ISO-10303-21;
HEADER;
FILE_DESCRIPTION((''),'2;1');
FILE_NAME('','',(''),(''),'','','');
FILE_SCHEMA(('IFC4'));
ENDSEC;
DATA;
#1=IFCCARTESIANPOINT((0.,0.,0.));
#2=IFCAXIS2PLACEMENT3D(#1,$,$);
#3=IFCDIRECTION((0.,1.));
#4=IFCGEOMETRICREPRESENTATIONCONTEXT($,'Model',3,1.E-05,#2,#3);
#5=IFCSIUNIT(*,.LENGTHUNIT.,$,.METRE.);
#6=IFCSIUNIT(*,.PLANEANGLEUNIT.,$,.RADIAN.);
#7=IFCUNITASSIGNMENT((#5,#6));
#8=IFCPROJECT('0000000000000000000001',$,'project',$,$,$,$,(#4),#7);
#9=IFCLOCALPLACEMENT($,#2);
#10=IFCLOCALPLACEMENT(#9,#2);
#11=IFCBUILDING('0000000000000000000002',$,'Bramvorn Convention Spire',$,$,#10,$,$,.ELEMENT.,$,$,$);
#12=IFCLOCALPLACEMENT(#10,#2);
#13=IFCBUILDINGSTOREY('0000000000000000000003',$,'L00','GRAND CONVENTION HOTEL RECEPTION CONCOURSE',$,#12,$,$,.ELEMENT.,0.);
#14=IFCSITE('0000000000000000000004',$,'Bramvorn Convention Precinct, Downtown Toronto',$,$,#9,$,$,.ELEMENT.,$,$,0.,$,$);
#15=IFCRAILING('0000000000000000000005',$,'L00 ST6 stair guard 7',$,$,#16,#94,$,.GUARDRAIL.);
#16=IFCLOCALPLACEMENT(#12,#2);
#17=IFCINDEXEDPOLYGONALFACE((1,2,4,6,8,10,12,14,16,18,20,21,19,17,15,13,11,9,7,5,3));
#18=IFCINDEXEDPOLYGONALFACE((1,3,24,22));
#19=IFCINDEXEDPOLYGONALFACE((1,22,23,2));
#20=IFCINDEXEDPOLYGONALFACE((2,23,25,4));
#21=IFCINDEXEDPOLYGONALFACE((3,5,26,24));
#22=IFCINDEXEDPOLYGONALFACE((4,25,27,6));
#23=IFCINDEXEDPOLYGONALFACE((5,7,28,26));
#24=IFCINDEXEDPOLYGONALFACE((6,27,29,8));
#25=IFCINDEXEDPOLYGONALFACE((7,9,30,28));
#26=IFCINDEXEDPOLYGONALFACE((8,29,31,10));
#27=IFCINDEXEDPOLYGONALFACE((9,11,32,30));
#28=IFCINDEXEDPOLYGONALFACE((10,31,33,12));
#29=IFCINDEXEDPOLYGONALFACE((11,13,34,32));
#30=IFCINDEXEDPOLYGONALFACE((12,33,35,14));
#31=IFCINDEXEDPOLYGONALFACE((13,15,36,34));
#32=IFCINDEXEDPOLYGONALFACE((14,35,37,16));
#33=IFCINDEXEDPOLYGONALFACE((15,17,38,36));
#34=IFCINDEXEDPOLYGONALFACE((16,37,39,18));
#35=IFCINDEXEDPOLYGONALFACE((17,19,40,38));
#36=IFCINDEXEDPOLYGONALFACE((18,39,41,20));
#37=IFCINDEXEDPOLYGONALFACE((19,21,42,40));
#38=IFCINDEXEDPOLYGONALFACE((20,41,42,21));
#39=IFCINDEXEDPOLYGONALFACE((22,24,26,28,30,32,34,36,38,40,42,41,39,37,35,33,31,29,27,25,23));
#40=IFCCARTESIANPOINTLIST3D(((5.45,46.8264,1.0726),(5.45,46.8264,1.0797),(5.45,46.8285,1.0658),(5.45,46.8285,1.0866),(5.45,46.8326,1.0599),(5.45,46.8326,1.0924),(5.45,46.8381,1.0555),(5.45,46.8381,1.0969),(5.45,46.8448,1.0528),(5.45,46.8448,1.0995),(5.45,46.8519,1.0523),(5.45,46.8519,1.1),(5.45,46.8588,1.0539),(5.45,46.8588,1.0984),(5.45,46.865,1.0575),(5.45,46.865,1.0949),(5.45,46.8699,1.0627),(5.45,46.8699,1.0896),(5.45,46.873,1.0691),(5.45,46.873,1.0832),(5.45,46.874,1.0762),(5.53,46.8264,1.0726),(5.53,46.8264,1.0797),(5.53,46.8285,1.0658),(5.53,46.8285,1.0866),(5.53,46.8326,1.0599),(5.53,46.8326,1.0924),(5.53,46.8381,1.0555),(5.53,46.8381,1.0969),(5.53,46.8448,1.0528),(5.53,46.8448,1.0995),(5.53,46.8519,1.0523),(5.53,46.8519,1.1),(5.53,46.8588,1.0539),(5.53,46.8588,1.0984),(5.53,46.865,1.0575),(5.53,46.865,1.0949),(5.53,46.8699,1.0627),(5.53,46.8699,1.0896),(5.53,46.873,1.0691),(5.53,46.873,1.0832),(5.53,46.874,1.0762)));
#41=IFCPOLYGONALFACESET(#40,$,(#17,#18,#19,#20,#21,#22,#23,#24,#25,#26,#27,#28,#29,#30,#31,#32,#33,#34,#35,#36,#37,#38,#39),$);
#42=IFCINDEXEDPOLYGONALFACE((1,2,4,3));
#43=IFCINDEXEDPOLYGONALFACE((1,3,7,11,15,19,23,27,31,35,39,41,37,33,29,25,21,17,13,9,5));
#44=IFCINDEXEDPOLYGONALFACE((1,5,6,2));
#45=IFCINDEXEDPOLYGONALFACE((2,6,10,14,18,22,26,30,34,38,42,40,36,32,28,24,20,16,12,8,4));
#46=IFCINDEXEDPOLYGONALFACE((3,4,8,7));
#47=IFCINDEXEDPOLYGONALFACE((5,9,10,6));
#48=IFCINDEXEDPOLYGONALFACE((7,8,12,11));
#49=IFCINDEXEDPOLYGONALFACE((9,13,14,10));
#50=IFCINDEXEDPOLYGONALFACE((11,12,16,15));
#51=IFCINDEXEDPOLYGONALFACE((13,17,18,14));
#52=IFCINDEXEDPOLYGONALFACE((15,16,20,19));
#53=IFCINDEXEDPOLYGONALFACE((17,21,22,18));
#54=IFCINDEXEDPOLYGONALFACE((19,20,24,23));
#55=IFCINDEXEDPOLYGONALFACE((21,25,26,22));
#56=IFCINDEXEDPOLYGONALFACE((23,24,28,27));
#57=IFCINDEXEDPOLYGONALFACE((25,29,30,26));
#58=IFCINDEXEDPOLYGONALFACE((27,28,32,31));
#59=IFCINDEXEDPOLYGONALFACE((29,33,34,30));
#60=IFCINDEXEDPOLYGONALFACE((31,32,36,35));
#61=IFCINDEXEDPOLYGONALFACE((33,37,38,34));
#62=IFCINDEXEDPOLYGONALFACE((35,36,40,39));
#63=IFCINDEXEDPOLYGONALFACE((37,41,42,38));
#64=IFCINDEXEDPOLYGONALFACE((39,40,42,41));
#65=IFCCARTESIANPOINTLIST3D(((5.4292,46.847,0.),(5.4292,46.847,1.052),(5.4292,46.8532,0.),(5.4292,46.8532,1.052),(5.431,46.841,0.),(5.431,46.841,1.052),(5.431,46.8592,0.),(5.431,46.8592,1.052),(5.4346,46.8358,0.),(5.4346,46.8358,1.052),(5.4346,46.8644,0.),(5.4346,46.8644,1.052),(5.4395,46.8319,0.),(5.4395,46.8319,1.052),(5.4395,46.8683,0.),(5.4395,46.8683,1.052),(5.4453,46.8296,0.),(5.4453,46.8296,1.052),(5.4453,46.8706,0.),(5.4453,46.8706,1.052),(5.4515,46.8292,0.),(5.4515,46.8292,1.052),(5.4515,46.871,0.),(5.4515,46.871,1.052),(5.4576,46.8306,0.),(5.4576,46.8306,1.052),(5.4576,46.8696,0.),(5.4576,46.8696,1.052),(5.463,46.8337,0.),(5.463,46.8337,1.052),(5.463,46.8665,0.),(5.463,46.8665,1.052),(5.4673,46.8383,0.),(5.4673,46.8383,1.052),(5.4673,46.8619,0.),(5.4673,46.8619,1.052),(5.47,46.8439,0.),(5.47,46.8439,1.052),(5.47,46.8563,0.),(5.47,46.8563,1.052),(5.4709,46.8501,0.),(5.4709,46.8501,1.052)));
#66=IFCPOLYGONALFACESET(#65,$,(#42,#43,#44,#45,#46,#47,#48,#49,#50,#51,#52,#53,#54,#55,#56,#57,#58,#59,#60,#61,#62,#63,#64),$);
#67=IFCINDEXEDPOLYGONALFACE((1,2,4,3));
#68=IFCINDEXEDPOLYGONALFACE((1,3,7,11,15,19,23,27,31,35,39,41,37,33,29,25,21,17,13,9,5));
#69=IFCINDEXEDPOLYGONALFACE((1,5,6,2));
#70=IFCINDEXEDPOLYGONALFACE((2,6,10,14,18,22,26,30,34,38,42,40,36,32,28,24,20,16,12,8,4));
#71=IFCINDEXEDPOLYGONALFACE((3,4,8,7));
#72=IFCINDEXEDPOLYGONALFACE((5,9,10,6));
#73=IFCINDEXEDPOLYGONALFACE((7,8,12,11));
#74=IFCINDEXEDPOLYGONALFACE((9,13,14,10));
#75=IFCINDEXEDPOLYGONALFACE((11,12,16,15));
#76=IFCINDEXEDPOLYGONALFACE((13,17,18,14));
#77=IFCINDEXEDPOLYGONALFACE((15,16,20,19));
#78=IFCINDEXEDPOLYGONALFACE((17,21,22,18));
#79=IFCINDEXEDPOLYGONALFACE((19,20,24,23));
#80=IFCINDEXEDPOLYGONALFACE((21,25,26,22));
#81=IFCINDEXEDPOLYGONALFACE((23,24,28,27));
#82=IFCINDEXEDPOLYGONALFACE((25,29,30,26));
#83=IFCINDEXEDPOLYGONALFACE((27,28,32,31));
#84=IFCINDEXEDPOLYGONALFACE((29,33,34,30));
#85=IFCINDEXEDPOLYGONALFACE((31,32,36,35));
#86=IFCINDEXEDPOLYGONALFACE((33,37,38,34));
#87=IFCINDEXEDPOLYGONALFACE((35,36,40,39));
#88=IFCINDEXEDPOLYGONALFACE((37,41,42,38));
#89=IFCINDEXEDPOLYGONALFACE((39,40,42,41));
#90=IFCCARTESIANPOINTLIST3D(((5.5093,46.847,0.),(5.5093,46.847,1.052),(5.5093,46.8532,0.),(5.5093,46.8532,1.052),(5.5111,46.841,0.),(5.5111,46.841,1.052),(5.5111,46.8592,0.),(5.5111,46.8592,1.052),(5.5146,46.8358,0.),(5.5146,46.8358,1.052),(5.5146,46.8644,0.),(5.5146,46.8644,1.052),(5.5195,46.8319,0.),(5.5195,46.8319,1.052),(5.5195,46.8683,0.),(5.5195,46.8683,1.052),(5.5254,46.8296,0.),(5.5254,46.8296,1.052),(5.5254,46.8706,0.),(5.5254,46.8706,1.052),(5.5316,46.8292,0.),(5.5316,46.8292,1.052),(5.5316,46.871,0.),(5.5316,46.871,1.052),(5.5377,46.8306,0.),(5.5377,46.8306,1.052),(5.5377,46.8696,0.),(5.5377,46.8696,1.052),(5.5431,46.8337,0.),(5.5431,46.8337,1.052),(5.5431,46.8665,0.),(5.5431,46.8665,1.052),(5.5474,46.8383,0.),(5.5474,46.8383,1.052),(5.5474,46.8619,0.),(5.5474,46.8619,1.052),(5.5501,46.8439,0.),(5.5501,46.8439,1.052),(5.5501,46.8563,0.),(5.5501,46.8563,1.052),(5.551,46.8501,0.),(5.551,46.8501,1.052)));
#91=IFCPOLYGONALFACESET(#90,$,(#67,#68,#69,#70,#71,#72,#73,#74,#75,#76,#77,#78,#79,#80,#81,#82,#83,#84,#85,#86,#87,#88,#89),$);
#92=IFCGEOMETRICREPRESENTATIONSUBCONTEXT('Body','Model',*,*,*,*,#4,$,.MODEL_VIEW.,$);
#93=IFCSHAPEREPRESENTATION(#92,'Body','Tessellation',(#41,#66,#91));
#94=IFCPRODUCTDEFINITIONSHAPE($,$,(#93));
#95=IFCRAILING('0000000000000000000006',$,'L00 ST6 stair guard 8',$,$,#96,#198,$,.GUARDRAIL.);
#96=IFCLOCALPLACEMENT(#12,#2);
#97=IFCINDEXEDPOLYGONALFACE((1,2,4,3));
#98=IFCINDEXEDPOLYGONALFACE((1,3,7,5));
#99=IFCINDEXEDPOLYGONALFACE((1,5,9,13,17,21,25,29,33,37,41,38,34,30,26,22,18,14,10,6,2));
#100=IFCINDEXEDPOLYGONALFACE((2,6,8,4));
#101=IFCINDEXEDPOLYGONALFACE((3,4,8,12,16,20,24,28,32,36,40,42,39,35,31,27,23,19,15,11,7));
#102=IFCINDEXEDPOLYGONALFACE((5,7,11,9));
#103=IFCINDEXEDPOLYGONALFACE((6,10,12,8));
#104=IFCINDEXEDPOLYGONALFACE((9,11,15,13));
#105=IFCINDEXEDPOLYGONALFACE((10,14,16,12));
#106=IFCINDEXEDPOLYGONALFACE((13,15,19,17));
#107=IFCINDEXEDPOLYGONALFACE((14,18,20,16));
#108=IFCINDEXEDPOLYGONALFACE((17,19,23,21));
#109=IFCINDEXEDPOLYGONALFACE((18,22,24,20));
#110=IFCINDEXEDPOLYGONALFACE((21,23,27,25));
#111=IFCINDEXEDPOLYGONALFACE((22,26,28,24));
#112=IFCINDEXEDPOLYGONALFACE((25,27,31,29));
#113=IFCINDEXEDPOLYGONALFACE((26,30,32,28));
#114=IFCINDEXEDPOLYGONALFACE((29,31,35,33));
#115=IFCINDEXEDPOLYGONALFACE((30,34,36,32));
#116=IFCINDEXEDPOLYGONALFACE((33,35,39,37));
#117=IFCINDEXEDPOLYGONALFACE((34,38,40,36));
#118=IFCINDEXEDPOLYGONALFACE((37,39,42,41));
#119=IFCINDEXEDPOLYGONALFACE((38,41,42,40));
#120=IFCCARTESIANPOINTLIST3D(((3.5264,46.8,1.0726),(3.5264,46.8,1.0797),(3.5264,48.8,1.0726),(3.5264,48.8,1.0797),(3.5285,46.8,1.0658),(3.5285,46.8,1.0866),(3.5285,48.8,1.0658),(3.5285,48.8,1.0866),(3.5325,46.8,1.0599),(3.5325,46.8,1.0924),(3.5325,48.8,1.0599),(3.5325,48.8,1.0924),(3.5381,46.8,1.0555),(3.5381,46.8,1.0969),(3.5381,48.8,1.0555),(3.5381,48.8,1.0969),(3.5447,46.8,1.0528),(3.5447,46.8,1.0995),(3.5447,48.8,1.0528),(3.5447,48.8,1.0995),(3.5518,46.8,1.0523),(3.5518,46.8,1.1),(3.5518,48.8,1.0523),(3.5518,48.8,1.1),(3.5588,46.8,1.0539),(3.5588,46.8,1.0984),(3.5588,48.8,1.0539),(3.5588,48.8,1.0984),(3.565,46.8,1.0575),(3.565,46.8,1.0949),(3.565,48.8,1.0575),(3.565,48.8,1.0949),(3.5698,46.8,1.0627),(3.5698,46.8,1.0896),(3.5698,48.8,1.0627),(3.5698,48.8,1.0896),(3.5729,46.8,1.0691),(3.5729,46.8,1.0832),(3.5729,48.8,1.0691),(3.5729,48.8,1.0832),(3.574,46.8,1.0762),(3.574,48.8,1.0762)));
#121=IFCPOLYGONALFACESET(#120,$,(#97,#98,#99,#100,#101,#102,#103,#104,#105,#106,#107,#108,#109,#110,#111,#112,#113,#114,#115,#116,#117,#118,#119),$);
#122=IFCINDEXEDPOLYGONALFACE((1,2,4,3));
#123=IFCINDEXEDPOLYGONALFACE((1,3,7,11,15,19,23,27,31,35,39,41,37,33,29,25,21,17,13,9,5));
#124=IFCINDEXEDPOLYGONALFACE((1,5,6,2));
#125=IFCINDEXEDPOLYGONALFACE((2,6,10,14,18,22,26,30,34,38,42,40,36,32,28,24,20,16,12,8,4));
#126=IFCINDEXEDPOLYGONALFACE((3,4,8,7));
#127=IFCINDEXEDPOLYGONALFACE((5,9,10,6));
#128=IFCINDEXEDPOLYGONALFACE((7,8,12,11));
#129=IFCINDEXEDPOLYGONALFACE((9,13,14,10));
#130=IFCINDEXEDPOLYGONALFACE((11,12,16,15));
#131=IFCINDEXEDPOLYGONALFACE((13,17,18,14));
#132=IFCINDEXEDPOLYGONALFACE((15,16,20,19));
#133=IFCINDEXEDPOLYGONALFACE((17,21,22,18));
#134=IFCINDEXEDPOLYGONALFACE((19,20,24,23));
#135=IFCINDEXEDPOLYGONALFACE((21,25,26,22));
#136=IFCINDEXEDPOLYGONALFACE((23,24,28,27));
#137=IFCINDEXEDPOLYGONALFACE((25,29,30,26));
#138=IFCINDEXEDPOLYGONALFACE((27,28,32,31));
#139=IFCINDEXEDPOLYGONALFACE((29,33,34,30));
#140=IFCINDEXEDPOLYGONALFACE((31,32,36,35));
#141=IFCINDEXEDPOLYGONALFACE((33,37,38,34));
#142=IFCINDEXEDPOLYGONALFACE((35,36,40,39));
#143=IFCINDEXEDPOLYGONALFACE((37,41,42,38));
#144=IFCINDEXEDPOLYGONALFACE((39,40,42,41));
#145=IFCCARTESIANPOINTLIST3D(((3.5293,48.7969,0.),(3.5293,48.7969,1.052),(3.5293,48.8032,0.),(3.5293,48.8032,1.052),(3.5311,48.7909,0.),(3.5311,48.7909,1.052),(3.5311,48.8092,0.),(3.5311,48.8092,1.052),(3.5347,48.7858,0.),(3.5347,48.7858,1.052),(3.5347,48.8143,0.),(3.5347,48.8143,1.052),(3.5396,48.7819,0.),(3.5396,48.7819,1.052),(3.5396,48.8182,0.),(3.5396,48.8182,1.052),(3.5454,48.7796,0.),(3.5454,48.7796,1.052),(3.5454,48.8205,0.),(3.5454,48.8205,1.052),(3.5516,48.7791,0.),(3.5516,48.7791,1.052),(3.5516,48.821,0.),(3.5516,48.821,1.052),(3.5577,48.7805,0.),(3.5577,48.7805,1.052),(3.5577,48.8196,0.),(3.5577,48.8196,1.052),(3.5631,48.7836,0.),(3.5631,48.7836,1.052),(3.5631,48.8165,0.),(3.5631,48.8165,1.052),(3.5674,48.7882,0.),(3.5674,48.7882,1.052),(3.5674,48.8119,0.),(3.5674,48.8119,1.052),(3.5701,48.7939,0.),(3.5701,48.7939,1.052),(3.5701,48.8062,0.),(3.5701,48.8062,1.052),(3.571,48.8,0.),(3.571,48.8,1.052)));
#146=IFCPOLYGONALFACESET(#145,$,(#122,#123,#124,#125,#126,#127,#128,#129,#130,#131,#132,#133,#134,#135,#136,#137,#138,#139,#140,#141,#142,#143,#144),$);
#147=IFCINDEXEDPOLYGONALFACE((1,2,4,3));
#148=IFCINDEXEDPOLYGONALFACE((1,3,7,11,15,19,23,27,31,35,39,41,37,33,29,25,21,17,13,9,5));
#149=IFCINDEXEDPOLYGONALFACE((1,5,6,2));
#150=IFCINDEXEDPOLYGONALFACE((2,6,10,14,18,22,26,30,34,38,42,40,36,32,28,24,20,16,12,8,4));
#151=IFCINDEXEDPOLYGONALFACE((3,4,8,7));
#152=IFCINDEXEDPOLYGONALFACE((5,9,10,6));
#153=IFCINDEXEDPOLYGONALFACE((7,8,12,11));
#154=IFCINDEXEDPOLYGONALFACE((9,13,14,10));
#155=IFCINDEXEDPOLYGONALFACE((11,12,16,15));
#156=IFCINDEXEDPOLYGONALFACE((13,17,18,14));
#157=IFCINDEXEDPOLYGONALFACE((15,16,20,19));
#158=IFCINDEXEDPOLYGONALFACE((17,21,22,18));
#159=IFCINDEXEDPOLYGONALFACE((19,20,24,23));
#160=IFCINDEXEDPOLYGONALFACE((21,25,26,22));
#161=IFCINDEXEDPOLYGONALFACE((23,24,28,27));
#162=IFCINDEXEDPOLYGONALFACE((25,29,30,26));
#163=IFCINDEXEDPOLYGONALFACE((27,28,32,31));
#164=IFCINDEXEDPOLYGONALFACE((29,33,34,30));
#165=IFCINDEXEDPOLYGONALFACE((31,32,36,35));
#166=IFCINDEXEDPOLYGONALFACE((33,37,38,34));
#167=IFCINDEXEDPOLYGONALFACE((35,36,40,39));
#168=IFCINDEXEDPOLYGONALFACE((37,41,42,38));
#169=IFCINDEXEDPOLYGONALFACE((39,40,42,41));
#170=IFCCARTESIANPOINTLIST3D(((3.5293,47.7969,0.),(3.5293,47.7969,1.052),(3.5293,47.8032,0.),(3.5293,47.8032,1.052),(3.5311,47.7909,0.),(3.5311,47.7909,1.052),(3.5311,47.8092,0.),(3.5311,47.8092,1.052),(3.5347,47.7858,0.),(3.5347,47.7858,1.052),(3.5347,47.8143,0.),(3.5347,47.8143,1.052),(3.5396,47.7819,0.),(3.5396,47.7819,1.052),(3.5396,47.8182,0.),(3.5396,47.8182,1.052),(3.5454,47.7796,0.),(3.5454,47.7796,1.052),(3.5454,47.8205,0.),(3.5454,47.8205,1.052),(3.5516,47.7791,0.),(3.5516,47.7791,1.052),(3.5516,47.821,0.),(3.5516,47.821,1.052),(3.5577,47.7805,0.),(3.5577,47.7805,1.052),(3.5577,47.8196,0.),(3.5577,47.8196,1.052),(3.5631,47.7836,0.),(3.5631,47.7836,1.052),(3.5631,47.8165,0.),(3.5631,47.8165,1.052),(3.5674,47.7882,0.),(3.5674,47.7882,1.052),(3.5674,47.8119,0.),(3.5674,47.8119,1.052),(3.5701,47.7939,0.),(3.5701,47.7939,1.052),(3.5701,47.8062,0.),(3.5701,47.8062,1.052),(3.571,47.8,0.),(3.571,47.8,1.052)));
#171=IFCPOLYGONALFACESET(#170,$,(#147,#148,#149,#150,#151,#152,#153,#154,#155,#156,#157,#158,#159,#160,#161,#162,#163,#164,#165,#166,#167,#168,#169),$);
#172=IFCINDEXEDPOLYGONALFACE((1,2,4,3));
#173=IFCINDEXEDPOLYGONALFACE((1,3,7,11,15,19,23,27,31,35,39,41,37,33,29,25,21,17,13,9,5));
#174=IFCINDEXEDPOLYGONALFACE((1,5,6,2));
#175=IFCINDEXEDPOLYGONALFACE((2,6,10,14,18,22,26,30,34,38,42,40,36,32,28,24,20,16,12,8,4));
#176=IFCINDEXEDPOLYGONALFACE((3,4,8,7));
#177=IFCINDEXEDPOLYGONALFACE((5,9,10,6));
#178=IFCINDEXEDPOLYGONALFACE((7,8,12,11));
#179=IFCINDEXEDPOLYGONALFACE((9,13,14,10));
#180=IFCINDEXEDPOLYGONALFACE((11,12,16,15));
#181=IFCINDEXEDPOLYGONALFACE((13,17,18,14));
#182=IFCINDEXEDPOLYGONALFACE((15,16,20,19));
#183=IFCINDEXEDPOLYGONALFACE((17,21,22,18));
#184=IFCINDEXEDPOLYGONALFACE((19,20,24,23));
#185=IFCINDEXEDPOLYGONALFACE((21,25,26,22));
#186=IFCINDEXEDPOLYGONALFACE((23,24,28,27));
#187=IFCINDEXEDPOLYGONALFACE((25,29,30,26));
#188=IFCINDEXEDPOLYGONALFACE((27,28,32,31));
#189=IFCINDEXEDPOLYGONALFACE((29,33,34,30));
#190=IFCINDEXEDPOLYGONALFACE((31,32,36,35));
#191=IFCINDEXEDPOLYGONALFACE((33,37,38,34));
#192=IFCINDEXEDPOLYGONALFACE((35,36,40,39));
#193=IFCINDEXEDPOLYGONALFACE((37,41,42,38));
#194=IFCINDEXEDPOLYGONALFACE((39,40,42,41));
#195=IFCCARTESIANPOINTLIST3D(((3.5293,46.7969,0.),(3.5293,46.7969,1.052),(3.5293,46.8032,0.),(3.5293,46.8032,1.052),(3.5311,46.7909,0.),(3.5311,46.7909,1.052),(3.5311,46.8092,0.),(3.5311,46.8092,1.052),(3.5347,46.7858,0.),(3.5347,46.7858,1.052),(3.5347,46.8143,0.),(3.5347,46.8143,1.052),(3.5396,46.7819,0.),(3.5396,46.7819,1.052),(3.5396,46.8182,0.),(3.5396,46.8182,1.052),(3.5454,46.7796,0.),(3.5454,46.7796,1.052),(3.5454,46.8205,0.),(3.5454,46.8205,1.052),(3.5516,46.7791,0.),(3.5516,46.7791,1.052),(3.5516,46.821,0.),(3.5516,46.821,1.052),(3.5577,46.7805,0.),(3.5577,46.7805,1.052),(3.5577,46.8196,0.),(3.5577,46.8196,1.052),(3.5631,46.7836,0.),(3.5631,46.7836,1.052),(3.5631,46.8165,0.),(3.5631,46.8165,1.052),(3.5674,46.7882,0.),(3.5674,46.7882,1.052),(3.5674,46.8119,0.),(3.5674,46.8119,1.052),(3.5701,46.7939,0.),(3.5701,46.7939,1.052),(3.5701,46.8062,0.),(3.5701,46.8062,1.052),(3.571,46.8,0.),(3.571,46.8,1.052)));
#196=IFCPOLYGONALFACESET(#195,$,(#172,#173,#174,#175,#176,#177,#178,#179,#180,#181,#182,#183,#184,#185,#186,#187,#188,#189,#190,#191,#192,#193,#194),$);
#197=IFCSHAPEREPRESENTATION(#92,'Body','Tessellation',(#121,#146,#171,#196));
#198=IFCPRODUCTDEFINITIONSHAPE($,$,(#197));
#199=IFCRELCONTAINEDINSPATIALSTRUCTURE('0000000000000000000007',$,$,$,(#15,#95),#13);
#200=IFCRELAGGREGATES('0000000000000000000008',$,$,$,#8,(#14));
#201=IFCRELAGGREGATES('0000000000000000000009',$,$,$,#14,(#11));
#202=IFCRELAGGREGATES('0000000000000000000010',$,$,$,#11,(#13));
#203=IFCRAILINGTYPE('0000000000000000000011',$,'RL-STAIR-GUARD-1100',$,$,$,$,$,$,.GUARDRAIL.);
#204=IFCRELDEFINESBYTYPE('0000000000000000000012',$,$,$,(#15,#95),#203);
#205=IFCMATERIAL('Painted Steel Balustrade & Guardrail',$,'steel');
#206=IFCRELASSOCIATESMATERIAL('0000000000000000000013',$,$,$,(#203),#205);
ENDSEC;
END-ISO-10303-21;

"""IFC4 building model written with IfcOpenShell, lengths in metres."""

from ifc_helpers import new_model, si_unit, direction, frame, origin, origin_2d, place, context, subcontext, project, spatial, circle, extrude, material, type_object, element, save


model = new_model("IFC4")

# Units and contexts
model_context = context("Model", 3, precision=1e-05, world=origin(), true_north=direction((0.0, 1.0)))
body_context = subcontext(model_context, "Body", "Model", "MODEL_VIEW")
ifc_project = project(units=[si_unit("LENGTHUNIT", "METRE"), si_unit("PLANEANGLEUNIT", "RADIAN")], contexts=[model_context])

# Site, building, storey
site_placement = place(None, origin())
site = spatial("IfcSite", under=ifc_project, at=site_placement, Name="Bramvorn Convention Precinct, Downtown Toronto", CompositionType="ELEMENT", RefElevation=0.0)
building_placement = place(site_placement, origin())
building = spatial("IfcBuilding", under=site, at=building_placement, Name="Bramvorn Convention Spire", CompositionType="ELEMENT")
storey_placement = place(building_placement, origin())
storey = spatial("IfcBuildingStorey", under=building, at=storey_placement, Name="L00", Description="GRAND CONVENTION HOTEL RECEPTION CONCOURSE", CompositionType="ELEMENT", Elevation=0.0)

# Railings
ifc_material_1 = material(Name="Painted Steel Balustrade & Guardrail", Category="steel")
railing_type_1 = type_object("IfcRailingType", Name="RL-STAIR-GUARD-1100", PredefinedType="GUARDRAIL", material=ifc_material_1)
railing_1_placement = place(storey_placement, frame((5.45, 46.8501, 0.0)))
element("IfcRailing", 1, at=railing_1_placement, inside=storey, type_object=railing_type_1, Name="L00 ST6 stair guard 7", PredefinedType="GUARDRAIL", context=body_context, shape_type="SweptSolid", body=[
    extrude(circle(Radius=0.0239, at=origin_2d()), frame((0.0, 0.0, 1.0762), z_axis=(1.0, 0.0, 0.0), x_axis=(0.0, 1.0, 0.0)), (0.0, 0.0, 1.0), 0.0801),
    extrude(circle(Radius=0.021, at=origin_2d()), origin(), (0.0, 0.0, 1.0), 1.052),
    extrude(circle(Radius=0.021, at=origin_2d()), frame((0.0801, 0.0, 0.0)), (0.0, 0.0, 1.0), 1.052),
])
for number, where, name in (
    (2, (3.55, 48.8, 0.0), "L00 ST6 stair guard 8"),
):
    element("IfcRailing", number, at=place(storey_placement, frame(where)), inside=storey, type_object=railing_type_1, Name=name, PredefinedType="GUARDRAIL", context=body_context, shape_type="SweptSolid", body=[
        extrude(circle(Radius=0.0239, at=origin_2d()), frame((0.0, 0.0, 1.0762), z_axis=(0.0, -1.0, 0.0), x_axis=(1.0, 0.0, 0.0)), (0.0, 0.0, 1.0), 2.0),
        extrude(circle(Radius=0.021, at=origin_2d()), origin(), (0.0, 0.0, 1.0), 1.052),
        extrude(circle(Radius=0.021, at=origin_2d()), frame((0.0, -1.0, 0.0)), (0.0, 0.0, 1.0), 1.052),
        extrude(circle(Radius=0.021, at=origin_2d()), frame((0.0, -2.0, 0.0)), (0.0, 0.0, 1.0), 1.052),
    ])

save(model, "model.ifc")
